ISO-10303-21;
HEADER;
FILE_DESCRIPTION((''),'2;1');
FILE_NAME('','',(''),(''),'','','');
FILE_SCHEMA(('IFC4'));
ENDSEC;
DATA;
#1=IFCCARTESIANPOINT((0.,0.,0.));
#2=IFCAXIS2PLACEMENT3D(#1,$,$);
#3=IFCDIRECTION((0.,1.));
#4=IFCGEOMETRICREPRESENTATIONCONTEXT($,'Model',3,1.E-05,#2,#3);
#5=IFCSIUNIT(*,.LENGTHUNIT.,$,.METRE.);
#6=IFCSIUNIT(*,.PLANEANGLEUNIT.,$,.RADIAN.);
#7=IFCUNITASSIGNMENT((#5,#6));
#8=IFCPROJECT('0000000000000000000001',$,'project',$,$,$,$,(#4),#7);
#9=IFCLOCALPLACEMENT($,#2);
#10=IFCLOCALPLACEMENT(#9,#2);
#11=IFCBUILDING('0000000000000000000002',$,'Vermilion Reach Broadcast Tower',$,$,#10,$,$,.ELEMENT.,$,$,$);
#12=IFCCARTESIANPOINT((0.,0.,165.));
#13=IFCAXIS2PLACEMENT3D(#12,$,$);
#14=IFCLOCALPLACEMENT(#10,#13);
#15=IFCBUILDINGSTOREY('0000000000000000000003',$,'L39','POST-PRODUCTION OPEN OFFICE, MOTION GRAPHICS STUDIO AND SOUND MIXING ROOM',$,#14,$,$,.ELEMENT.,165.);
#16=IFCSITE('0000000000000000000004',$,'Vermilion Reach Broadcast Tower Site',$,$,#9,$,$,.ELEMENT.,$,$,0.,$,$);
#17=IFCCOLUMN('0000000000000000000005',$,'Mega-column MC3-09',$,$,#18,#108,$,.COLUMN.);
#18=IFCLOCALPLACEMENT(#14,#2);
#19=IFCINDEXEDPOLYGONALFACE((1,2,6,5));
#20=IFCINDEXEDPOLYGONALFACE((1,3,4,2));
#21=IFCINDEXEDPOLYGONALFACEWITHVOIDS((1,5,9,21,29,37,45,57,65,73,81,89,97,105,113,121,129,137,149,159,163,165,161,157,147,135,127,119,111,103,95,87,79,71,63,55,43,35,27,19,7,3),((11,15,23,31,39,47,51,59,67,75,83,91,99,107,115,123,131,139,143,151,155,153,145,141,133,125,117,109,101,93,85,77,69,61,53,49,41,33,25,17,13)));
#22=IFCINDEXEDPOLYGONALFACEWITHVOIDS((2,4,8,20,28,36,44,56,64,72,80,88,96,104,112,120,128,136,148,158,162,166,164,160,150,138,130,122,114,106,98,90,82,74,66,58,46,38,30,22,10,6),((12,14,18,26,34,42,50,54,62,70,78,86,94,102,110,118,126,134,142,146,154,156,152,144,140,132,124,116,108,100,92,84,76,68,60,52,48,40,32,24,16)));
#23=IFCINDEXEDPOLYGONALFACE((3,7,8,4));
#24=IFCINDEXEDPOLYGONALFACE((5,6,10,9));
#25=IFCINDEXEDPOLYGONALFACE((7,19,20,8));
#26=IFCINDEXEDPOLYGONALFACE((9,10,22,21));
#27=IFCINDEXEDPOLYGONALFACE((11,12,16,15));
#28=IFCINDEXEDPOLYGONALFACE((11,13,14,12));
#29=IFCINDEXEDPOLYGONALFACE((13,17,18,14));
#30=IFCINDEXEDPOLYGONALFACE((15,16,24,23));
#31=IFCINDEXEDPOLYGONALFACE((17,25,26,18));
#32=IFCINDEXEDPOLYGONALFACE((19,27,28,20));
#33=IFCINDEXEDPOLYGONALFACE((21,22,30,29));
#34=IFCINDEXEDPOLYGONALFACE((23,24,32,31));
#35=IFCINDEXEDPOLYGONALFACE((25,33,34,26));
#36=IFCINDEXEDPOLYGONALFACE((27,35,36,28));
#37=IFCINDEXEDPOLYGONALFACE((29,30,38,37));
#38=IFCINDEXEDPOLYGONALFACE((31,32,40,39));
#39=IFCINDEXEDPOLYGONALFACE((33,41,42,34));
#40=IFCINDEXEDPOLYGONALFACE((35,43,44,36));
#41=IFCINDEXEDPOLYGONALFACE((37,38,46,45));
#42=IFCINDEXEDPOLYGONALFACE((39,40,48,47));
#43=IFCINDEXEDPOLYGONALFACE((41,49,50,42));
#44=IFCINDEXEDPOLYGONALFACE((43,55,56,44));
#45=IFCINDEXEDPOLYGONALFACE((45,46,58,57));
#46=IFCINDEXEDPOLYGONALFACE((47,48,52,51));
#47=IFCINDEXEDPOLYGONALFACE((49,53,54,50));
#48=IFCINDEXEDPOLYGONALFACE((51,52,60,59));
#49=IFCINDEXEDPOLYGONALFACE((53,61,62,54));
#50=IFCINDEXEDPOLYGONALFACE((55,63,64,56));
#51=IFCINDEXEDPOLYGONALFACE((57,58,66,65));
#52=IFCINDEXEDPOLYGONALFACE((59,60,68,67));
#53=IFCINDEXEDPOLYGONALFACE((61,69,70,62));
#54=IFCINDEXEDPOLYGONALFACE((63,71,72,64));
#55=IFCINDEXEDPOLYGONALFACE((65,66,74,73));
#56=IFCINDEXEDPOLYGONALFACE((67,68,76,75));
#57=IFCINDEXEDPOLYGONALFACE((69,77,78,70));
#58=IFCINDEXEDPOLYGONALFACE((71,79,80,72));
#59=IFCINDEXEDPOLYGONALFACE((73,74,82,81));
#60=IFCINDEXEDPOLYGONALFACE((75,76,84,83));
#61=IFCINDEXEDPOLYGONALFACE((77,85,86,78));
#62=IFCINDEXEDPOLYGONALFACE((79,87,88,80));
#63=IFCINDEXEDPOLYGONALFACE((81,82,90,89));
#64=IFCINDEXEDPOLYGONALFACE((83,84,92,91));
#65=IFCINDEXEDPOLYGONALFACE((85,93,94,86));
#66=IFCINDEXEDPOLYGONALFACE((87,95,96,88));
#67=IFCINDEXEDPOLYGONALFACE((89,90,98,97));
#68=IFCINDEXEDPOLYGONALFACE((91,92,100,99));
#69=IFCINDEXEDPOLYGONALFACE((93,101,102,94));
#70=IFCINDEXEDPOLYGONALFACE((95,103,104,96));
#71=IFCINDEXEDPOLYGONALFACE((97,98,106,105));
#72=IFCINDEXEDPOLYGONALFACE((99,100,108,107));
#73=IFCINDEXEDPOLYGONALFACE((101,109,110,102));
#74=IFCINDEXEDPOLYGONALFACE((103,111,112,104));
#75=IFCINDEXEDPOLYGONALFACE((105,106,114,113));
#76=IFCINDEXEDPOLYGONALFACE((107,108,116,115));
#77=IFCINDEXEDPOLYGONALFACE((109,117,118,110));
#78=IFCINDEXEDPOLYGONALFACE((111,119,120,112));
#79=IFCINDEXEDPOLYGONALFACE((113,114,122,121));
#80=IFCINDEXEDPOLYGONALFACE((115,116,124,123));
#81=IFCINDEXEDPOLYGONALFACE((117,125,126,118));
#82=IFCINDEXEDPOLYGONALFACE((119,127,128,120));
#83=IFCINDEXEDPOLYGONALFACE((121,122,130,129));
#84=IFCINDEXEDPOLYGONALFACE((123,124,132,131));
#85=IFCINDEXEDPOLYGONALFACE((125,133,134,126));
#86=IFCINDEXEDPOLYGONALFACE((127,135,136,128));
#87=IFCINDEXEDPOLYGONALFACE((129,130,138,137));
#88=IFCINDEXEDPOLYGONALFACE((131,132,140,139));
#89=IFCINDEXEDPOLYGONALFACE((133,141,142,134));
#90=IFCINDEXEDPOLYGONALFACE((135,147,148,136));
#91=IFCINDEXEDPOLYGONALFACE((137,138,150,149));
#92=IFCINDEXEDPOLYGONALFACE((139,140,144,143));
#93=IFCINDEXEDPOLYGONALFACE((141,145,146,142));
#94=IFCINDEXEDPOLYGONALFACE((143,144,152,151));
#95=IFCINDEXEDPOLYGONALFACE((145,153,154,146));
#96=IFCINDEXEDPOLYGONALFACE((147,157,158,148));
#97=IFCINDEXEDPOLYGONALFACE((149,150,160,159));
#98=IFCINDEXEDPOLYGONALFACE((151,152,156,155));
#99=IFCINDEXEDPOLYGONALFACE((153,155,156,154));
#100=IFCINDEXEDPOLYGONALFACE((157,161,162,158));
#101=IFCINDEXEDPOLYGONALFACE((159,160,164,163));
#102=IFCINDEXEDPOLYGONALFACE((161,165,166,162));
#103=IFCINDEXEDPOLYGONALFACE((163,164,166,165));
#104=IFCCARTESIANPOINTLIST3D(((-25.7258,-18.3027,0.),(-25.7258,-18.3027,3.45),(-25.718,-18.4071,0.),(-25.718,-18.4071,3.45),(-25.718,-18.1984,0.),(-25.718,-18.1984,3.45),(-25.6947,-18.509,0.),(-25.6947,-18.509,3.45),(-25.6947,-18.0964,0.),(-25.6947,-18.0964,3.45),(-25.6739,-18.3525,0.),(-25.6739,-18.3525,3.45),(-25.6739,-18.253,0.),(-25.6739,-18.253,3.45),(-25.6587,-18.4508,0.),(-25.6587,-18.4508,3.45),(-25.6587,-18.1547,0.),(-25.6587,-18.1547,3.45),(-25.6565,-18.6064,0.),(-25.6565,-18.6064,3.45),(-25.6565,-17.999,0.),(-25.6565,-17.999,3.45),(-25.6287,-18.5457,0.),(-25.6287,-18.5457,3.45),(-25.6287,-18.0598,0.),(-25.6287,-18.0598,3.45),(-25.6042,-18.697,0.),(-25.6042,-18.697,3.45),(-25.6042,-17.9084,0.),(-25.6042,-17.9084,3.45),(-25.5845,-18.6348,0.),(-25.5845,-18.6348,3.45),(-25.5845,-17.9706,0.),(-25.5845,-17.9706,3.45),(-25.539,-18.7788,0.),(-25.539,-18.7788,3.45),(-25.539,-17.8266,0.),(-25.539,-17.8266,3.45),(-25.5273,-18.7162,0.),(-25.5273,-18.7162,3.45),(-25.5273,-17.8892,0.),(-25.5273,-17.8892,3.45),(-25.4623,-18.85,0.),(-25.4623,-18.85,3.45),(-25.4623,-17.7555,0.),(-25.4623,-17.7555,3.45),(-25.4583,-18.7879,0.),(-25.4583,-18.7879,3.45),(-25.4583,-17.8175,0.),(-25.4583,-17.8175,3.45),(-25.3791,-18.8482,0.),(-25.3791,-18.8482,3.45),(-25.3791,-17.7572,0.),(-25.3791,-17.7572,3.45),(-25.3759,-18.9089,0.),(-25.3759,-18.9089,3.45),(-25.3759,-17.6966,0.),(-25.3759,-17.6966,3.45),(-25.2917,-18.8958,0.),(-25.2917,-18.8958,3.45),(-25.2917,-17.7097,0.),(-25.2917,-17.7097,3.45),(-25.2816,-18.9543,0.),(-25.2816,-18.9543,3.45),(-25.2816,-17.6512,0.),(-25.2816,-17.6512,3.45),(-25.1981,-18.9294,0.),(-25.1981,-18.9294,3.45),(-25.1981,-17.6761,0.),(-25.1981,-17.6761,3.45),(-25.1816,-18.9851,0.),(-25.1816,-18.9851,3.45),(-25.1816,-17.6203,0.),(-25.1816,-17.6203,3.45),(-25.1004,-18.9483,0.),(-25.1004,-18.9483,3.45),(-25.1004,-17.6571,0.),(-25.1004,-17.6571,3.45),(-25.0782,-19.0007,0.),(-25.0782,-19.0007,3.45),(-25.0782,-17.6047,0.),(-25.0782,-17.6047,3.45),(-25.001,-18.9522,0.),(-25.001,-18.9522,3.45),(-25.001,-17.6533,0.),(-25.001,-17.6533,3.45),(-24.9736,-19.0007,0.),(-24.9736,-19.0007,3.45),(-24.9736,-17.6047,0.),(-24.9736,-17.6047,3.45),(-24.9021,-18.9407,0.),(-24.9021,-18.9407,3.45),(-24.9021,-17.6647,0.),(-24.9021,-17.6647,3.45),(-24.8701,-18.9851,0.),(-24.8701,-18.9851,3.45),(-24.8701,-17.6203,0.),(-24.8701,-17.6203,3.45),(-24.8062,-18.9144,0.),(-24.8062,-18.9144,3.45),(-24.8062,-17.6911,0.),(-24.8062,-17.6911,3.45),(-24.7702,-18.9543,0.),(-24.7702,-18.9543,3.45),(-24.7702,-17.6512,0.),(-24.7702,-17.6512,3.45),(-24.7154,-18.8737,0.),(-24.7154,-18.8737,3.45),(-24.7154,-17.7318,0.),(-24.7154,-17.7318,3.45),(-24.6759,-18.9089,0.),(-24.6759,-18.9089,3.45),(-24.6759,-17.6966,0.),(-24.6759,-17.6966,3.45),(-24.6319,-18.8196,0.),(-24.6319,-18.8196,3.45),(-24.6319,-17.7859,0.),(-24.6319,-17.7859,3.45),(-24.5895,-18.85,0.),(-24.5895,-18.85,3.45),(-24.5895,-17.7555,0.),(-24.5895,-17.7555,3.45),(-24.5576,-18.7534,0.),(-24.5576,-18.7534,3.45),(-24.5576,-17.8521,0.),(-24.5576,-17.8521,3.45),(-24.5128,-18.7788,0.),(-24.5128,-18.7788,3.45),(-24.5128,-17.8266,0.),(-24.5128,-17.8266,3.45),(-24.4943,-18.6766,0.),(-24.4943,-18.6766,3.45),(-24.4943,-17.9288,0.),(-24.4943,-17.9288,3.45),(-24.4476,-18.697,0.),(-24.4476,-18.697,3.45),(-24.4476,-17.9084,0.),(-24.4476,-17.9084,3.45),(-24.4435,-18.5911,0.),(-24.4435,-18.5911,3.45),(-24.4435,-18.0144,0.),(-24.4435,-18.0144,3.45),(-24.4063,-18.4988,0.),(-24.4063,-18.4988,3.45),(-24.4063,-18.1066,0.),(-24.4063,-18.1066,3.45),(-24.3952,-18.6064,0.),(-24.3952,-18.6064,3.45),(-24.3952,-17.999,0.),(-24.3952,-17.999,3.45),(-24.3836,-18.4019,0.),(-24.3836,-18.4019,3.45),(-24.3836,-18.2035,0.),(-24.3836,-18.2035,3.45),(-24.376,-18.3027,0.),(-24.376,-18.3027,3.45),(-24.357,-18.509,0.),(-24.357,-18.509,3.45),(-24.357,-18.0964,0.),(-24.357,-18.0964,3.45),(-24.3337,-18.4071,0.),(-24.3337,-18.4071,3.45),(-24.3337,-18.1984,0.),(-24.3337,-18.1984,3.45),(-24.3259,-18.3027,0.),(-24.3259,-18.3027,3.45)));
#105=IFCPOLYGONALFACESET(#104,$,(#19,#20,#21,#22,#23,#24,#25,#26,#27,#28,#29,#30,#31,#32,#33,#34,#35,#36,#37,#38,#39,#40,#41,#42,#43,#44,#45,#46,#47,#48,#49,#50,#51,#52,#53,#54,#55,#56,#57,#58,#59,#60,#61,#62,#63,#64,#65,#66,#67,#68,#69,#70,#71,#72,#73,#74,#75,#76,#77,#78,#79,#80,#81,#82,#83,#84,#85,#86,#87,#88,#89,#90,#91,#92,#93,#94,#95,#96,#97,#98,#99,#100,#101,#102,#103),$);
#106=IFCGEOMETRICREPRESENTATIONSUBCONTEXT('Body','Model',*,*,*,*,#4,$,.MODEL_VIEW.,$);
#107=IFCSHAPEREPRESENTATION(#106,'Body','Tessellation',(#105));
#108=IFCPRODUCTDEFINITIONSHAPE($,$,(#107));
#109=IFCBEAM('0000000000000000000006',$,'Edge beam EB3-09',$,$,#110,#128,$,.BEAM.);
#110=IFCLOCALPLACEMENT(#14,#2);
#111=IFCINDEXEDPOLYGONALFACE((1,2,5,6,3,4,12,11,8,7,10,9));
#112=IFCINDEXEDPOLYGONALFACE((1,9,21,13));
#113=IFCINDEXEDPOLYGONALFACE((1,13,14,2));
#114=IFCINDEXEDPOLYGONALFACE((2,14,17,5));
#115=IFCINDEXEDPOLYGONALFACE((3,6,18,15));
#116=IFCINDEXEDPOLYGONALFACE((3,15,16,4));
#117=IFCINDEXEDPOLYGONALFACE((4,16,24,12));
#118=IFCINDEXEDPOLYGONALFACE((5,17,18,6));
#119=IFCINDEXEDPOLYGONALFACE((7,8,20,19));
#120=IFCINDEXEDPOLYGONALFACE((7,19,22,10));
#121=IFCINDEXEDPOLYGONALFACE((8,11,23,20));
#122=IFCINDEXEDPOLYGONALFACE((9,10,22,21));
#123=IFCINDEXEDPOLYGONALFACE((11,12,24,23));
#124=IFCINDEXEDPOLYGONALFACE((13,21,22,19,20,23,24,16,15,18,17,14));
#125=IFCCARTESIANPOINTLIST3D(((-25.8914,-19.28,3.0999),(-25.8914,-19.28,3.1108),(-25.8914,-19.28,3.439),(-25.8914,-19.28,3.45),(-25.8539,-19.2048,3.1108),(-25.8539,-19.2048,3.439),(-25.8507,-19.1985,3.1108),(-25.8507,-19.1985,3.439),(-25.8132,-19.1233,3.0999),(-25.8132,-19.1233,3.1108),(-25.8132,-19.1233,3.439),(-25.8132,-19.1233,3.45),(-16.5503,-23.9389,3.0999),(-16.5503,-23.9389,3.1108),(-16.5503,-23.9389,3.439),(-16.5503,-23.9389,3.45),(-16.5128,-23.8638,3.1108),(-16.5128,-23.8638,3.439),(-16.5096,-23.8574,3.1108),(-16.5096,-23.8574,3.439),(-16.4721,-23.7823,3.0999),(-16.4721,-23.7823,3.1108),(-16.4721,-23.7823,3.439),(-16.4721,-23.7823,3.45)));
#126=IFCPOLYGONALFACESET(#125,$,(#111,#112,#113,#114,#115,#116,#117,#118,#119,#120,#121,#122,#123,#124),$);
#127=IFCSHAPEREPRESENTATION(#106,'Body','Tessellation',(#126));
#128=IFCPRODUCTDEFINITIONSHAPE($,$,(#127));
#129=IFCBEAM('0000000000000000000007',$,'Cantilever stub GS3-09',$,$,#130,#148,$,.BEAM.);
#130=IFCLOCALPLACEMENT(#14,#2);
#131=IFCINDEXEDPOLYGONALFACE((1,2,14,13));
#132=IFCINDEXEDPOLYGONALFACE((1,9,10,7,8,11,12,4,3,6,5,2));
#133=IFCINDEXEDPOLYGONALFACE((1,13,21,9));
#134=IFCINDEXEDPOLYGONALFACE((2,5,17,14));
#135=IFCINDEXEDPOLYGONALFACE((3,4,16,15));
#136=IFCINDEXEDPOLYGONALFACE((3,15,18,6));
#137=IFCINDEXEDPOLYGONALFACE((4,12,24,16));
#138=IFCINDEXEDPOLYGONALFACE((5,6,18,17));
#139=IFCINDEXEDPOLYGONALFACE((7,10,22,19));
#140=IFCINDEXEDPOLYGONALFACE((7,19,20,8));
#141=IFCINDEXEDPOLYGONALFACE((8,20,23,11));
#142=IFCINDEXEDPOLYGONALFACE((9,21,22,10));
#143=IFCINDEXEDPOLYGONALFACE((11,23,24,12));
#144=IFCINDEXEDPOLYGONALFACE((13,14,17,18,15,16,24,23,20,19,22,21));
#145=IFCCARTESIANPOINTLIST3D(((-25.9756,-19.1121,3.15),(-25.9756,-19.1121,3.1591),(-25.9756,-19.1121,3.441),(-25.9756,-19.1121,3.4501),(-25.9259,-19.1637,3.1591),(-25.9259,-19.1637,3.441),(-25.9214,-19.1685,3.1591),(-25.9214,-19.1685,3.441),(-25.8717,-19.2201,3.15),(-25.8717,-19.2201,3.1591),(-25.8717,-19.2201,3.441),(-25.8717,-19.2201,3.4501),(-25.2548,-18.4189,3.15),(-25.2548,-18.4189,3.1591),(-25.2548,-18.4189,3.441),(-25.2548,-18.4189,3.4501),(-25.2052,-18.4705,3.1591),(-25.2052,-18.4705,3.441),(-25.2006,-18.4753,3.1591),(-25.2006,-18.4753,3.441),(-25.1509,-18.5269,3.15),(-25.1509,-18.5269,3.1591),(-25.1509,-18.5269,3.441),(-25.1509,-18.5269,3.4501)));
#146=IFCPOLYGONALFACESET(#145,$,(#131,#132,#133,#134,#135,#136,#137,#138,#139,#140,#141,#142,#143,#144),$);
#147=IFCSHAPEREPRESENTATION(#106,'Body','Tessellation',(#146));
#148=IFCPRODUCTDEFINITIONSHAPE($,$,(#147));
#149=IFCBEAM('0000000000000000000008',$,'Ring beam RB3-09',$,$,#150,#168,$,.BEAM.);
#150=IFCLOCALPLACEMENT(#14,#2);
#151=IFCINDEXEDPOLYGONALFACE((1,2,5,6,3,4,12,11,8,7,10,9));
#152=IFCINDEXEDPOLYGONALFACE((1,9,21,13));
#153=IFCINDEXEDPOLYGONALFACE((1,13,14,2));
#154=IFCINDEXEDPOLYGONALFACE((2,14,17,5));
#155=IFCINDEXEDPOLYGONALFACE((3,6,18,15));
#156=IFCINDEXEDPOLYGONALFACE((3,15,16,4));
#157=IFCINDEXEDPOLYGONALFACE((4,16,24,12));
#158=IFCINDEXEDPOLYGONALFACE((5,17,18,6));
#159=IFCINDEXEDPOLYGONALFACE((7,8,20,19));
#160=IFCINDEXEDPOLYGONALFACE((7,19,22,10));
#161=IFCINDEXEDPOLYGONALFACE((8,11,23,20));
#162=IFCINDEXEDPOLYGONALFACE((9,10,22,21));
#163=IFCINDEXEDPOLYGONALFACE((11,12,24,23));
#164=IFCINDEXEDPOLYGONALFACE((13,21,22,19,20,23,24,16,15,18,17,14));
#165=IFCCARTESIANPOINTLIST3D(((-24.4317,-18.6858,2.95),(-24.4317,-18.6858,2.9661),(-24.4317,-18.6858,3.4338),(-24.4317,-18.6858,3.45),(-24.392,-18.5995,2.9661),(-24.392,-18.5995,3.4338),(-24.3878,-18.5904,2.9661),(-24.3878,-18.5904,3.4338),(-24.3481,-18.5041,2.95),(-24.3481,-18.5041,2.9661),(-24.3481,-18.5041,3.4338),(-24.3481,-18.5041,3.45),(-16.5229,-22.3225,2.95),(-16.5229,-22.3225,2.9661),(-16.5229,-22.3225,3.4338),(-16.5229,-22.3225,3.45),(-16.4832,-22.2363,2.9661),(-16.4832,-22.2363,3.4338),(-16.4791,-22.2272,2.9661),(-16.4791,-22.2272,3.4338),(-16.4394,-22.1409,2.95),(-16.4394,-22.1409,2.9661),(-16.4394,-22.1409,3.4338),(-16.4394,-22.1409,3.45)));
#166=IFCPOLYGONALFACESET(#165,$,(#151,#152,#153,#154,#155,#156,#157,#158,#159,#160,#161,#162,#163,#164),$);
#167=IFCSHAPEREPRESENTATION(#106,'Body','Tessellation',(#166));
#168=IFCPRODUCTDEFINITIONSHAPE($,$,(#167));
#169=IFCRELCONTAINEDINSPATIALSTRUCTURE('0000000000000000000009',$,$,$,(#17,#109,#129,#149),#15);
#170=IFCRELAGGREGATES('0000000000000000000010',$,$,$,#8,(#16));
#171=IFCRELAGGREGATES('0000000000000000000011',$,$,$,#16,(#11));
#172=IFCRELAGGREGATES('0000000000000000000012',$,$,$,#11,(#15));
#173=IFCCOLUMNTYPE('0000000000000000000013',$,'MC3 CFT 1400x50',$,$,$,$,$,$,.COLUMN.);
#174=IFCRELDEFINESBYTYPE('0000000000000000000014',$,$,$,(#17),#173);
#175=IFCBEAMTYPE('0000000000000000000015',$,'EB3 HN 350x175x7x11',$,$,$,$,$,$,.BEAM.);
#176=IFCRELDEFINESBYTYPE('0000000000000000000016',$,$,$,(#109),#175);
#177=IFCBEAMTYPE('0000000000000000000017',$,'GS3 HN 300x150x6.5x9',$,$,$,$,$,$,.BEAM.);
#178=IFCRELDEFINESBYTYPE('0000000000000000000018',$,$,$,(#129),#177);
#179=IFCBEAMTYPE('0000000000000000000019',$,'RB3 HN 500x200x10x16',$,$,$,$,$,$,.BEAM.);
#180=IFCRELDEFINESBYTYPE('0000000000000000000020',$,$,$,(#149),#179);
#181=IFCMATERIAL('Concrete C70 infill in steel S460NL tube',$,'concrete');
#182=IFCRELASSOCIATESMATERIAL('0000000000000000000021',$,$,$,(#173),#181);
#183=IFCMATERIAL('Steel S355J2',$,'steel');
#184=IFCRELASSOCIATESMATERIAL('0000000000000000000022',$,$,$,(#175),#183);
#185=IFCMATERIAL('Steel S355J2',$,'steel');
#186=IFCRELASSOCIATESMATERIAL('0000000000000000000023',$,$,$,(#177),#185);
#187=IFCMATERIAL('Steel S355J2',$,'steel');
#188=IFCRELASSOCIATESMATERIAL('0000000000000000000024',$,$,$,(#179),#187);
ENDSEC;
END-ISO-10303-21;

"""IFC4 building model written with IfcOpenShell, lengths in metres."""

from ifc_helpers import new_model, si_unit, direction, frame, origin, origin_2d, place, context, subcontext, project, spatial, hollow_circle, i_section, extrude, material, material_profile, profile_set, type_object, element, save


model = new_model("IFC4")

# Units and contexts
model_context = context("Model", 3, precision=1e-05, world=origin(), true_north=direction((0.0, 1.0)))
body_context = subcontext(model_context, "Body", "Model", "MODEL_VIEW")
ifc_project = project(units=[si_unit("LENGTHUNIT", "METRE"), si_unit("PLANEANGLEUNIT", "RADIAN")], contexts=[model_context])

# Site, building, storey
site_placement = place(None, origin())
site = spatial("IfcSite", under=ifc_project, at=site_placement, Name="Vermilion Reach Broadcast Tower Site", CompositionType="ELEMENT", RefElevation=0.0)
building_placement = place(site_placement, origin())
building = spatial("IfcBuilding", under=site, at=building_placement, Name="Vermilion Reach Broadcast Tower", CompositionType="ELEMENT")
storey_placement = place(building_placement, frame((0.0, 0.0, 165.0)))
storey = spatial("IfcBuildingStorey", under=building, at=storey_placement, Name="L39", Description="POST-PRODUCTION OPEN OFFICE, MOTION GRAPHICS STUDIO AND SOUND MIXING ROOM", CompositionType="ELEMENT", Elevation=165.0)

# Column
ifc_material_1 = material(Name="Concrete C70 infill in steel S460NL tube", Category="concrete")
ifc_material_profile_1 = material_profile(ifc_material_1, hollow_circle(Radius=0.7, WallThickness=0.05, at=origin_2d()), Name="Concrete C70 infill in steel S460NL tube CFT 1400x50")
ifc_profile_set_1 = profile_set([ifc_material_profile_1], Name="Concrete C70 infill in steel S460NL tube")
column_type = type_object("IfcColumnType", Name="MC3 CFT 1400x50", PredefinedType="COLUMN", material=ifc_profile_set_1)
column_placement = place(storey_placement, frame((-25.0259, -18.3027, 0.0), z_axis=(0.0, 0.0, 1.0), x_axis=(1.0, 0.0, 0.0)))
element("IfcColumn", 1, at=column_placement, inside=storey, type_object=column_type, Name="Mega-column MC3-09", PredefinedType="COLUMN", context=body_context, shape_type="SweptSolid", body=[
    extrude(hollow_circle(Radius=0.7, WallThickness=0.05, at=origin_2d()), origin(), (0.0, 0.0, 1.0), 3.45),
])

# Beams
ifc_material_2 = material(Name="Steel S355J2", Category="steel")
ifc_material_profile_2 = material_profile(ifc_material_2, i_section(OverallWidth=0.175, OverallDepth=0.3501, WebThickness=0.0071, FlangeThickness=0.011, at=origin_2d()), Name="S355J2 HN 350x175x7x11")
ifc_profile_set_2 = profile_set([ifc_material_profile_2], Name="Steel S355J2")
beam_type_1 = type_object("IfcBeamType", Name="EB3 HN 350x175x7x11", PredefinedType="BEAM", material=ifc_profile_set_2)
beam_1_placement = place(storey_placement, frame((-25.8523, -19.2017, 3.2749), z_axis=(0.894871, -0.446325, 0.0), x_axis=(0.446325, 0.894871, 0.0)))
element("IfcBeam", 2, at=beam_1_placement, inside=storey, type_object=beam_type_1, Name="Edge beam EB3-09", PredefinedType="BEAM", context=body_context, shape_type="SweptSolid", body=[
    extrude(i_section(OverallWidth=0.175, OverallDepth=0.3501, WebThickness=0.0071, FlangeThickness=0.011, at=origin_2d()), origin(), (0.0, 0.0, 1.0), 10.4385),
])
ifc_material_3 = material(Name="Steel S355J2", Category="steel")
ifc_material_profile_3 = material_profile(ifc_material_3, i_section(OverallWidth=0.1499, OverallDepth=0.3, WebThickness=0.0066, FlangeThickness=0.009, at=origin_2d()), Name="S355J2 HN 300x150x6.5x9")
ifc_profile_set_3 = profile_set([ifc_material_profile_3], Name="Steel S355J2")
beam_type_2 = type_object("IfcBeamType", Name="GS3 HN 300x150x6.5x9", PredefinedType="BEAM", material=ifc_profile_set_3)
beam_2_placement = place(storey_placement, frame((-25.2029, -18.4729, 3.3), z_axis=(-0.720767, -0.693177, 0.0), x_axis=(0.693177, -0.720767, 0.0)))
element("IfcBeam", 3, at=beam_2_placement, inside=storey, type_object=beam_type_2, Name="Cantilever stub GS3-09", PredefinedType="BEAM", context=body_context, shape_type="SweptSolid", body=[
    extrude(i_section(OverallWidth=0.1499, OverallDepth=0.3, WebThickness=0.0066, FlangeThickness=0.009, at=origin_2d()), origin(), (0.0, 0.0, 1.0), 1.0),
])
ifc_material_4 = material(Name="Steel S355J2", Category="steel")
ifc_material_profile_4 = material_profile(ifc_material_4, i_section(OverallWidth=0.2, OverallDepth=0.5, WebThickness=0.01, FlangeThickness=0.0161, at=origin_2d()), Name="S355J2 HN 500x200x10x16")
ifc_profile_set_4 = profile_set([ifc_material_profile_4], Name="Steel S355J2")
beam_type_3 = type_object("IfcBeamType", Name="RB3 HN 500x200x10x16", PredefinedType="BEAM", material=ifc_profile_set_4)
beam_3_placement = place(storey_placement, frame((-24.3899, -18.595, 3.2), z_axis=(0.908546, -0.417784, 0.0), x_axis=(0.417784, 0.908546, 0.0)))
element("IfcBeam", 4, at=beam_3_placement, inside=storey, type_object=beam_type_3, Name="Ring beam RB3-09", PredefinedType="BEAM", context=body_context, shape_type="SweptSolid", body=[
    extrude(i_section(OverallWidth=0.2, OverallDepth=0.5, WebThickness=0.01, FlangeThickness=0.0161, at=origin_2d()), origin(), (0.0, 0.0, 1.0), 8.7048),
])

save(model, "model.ifc")
